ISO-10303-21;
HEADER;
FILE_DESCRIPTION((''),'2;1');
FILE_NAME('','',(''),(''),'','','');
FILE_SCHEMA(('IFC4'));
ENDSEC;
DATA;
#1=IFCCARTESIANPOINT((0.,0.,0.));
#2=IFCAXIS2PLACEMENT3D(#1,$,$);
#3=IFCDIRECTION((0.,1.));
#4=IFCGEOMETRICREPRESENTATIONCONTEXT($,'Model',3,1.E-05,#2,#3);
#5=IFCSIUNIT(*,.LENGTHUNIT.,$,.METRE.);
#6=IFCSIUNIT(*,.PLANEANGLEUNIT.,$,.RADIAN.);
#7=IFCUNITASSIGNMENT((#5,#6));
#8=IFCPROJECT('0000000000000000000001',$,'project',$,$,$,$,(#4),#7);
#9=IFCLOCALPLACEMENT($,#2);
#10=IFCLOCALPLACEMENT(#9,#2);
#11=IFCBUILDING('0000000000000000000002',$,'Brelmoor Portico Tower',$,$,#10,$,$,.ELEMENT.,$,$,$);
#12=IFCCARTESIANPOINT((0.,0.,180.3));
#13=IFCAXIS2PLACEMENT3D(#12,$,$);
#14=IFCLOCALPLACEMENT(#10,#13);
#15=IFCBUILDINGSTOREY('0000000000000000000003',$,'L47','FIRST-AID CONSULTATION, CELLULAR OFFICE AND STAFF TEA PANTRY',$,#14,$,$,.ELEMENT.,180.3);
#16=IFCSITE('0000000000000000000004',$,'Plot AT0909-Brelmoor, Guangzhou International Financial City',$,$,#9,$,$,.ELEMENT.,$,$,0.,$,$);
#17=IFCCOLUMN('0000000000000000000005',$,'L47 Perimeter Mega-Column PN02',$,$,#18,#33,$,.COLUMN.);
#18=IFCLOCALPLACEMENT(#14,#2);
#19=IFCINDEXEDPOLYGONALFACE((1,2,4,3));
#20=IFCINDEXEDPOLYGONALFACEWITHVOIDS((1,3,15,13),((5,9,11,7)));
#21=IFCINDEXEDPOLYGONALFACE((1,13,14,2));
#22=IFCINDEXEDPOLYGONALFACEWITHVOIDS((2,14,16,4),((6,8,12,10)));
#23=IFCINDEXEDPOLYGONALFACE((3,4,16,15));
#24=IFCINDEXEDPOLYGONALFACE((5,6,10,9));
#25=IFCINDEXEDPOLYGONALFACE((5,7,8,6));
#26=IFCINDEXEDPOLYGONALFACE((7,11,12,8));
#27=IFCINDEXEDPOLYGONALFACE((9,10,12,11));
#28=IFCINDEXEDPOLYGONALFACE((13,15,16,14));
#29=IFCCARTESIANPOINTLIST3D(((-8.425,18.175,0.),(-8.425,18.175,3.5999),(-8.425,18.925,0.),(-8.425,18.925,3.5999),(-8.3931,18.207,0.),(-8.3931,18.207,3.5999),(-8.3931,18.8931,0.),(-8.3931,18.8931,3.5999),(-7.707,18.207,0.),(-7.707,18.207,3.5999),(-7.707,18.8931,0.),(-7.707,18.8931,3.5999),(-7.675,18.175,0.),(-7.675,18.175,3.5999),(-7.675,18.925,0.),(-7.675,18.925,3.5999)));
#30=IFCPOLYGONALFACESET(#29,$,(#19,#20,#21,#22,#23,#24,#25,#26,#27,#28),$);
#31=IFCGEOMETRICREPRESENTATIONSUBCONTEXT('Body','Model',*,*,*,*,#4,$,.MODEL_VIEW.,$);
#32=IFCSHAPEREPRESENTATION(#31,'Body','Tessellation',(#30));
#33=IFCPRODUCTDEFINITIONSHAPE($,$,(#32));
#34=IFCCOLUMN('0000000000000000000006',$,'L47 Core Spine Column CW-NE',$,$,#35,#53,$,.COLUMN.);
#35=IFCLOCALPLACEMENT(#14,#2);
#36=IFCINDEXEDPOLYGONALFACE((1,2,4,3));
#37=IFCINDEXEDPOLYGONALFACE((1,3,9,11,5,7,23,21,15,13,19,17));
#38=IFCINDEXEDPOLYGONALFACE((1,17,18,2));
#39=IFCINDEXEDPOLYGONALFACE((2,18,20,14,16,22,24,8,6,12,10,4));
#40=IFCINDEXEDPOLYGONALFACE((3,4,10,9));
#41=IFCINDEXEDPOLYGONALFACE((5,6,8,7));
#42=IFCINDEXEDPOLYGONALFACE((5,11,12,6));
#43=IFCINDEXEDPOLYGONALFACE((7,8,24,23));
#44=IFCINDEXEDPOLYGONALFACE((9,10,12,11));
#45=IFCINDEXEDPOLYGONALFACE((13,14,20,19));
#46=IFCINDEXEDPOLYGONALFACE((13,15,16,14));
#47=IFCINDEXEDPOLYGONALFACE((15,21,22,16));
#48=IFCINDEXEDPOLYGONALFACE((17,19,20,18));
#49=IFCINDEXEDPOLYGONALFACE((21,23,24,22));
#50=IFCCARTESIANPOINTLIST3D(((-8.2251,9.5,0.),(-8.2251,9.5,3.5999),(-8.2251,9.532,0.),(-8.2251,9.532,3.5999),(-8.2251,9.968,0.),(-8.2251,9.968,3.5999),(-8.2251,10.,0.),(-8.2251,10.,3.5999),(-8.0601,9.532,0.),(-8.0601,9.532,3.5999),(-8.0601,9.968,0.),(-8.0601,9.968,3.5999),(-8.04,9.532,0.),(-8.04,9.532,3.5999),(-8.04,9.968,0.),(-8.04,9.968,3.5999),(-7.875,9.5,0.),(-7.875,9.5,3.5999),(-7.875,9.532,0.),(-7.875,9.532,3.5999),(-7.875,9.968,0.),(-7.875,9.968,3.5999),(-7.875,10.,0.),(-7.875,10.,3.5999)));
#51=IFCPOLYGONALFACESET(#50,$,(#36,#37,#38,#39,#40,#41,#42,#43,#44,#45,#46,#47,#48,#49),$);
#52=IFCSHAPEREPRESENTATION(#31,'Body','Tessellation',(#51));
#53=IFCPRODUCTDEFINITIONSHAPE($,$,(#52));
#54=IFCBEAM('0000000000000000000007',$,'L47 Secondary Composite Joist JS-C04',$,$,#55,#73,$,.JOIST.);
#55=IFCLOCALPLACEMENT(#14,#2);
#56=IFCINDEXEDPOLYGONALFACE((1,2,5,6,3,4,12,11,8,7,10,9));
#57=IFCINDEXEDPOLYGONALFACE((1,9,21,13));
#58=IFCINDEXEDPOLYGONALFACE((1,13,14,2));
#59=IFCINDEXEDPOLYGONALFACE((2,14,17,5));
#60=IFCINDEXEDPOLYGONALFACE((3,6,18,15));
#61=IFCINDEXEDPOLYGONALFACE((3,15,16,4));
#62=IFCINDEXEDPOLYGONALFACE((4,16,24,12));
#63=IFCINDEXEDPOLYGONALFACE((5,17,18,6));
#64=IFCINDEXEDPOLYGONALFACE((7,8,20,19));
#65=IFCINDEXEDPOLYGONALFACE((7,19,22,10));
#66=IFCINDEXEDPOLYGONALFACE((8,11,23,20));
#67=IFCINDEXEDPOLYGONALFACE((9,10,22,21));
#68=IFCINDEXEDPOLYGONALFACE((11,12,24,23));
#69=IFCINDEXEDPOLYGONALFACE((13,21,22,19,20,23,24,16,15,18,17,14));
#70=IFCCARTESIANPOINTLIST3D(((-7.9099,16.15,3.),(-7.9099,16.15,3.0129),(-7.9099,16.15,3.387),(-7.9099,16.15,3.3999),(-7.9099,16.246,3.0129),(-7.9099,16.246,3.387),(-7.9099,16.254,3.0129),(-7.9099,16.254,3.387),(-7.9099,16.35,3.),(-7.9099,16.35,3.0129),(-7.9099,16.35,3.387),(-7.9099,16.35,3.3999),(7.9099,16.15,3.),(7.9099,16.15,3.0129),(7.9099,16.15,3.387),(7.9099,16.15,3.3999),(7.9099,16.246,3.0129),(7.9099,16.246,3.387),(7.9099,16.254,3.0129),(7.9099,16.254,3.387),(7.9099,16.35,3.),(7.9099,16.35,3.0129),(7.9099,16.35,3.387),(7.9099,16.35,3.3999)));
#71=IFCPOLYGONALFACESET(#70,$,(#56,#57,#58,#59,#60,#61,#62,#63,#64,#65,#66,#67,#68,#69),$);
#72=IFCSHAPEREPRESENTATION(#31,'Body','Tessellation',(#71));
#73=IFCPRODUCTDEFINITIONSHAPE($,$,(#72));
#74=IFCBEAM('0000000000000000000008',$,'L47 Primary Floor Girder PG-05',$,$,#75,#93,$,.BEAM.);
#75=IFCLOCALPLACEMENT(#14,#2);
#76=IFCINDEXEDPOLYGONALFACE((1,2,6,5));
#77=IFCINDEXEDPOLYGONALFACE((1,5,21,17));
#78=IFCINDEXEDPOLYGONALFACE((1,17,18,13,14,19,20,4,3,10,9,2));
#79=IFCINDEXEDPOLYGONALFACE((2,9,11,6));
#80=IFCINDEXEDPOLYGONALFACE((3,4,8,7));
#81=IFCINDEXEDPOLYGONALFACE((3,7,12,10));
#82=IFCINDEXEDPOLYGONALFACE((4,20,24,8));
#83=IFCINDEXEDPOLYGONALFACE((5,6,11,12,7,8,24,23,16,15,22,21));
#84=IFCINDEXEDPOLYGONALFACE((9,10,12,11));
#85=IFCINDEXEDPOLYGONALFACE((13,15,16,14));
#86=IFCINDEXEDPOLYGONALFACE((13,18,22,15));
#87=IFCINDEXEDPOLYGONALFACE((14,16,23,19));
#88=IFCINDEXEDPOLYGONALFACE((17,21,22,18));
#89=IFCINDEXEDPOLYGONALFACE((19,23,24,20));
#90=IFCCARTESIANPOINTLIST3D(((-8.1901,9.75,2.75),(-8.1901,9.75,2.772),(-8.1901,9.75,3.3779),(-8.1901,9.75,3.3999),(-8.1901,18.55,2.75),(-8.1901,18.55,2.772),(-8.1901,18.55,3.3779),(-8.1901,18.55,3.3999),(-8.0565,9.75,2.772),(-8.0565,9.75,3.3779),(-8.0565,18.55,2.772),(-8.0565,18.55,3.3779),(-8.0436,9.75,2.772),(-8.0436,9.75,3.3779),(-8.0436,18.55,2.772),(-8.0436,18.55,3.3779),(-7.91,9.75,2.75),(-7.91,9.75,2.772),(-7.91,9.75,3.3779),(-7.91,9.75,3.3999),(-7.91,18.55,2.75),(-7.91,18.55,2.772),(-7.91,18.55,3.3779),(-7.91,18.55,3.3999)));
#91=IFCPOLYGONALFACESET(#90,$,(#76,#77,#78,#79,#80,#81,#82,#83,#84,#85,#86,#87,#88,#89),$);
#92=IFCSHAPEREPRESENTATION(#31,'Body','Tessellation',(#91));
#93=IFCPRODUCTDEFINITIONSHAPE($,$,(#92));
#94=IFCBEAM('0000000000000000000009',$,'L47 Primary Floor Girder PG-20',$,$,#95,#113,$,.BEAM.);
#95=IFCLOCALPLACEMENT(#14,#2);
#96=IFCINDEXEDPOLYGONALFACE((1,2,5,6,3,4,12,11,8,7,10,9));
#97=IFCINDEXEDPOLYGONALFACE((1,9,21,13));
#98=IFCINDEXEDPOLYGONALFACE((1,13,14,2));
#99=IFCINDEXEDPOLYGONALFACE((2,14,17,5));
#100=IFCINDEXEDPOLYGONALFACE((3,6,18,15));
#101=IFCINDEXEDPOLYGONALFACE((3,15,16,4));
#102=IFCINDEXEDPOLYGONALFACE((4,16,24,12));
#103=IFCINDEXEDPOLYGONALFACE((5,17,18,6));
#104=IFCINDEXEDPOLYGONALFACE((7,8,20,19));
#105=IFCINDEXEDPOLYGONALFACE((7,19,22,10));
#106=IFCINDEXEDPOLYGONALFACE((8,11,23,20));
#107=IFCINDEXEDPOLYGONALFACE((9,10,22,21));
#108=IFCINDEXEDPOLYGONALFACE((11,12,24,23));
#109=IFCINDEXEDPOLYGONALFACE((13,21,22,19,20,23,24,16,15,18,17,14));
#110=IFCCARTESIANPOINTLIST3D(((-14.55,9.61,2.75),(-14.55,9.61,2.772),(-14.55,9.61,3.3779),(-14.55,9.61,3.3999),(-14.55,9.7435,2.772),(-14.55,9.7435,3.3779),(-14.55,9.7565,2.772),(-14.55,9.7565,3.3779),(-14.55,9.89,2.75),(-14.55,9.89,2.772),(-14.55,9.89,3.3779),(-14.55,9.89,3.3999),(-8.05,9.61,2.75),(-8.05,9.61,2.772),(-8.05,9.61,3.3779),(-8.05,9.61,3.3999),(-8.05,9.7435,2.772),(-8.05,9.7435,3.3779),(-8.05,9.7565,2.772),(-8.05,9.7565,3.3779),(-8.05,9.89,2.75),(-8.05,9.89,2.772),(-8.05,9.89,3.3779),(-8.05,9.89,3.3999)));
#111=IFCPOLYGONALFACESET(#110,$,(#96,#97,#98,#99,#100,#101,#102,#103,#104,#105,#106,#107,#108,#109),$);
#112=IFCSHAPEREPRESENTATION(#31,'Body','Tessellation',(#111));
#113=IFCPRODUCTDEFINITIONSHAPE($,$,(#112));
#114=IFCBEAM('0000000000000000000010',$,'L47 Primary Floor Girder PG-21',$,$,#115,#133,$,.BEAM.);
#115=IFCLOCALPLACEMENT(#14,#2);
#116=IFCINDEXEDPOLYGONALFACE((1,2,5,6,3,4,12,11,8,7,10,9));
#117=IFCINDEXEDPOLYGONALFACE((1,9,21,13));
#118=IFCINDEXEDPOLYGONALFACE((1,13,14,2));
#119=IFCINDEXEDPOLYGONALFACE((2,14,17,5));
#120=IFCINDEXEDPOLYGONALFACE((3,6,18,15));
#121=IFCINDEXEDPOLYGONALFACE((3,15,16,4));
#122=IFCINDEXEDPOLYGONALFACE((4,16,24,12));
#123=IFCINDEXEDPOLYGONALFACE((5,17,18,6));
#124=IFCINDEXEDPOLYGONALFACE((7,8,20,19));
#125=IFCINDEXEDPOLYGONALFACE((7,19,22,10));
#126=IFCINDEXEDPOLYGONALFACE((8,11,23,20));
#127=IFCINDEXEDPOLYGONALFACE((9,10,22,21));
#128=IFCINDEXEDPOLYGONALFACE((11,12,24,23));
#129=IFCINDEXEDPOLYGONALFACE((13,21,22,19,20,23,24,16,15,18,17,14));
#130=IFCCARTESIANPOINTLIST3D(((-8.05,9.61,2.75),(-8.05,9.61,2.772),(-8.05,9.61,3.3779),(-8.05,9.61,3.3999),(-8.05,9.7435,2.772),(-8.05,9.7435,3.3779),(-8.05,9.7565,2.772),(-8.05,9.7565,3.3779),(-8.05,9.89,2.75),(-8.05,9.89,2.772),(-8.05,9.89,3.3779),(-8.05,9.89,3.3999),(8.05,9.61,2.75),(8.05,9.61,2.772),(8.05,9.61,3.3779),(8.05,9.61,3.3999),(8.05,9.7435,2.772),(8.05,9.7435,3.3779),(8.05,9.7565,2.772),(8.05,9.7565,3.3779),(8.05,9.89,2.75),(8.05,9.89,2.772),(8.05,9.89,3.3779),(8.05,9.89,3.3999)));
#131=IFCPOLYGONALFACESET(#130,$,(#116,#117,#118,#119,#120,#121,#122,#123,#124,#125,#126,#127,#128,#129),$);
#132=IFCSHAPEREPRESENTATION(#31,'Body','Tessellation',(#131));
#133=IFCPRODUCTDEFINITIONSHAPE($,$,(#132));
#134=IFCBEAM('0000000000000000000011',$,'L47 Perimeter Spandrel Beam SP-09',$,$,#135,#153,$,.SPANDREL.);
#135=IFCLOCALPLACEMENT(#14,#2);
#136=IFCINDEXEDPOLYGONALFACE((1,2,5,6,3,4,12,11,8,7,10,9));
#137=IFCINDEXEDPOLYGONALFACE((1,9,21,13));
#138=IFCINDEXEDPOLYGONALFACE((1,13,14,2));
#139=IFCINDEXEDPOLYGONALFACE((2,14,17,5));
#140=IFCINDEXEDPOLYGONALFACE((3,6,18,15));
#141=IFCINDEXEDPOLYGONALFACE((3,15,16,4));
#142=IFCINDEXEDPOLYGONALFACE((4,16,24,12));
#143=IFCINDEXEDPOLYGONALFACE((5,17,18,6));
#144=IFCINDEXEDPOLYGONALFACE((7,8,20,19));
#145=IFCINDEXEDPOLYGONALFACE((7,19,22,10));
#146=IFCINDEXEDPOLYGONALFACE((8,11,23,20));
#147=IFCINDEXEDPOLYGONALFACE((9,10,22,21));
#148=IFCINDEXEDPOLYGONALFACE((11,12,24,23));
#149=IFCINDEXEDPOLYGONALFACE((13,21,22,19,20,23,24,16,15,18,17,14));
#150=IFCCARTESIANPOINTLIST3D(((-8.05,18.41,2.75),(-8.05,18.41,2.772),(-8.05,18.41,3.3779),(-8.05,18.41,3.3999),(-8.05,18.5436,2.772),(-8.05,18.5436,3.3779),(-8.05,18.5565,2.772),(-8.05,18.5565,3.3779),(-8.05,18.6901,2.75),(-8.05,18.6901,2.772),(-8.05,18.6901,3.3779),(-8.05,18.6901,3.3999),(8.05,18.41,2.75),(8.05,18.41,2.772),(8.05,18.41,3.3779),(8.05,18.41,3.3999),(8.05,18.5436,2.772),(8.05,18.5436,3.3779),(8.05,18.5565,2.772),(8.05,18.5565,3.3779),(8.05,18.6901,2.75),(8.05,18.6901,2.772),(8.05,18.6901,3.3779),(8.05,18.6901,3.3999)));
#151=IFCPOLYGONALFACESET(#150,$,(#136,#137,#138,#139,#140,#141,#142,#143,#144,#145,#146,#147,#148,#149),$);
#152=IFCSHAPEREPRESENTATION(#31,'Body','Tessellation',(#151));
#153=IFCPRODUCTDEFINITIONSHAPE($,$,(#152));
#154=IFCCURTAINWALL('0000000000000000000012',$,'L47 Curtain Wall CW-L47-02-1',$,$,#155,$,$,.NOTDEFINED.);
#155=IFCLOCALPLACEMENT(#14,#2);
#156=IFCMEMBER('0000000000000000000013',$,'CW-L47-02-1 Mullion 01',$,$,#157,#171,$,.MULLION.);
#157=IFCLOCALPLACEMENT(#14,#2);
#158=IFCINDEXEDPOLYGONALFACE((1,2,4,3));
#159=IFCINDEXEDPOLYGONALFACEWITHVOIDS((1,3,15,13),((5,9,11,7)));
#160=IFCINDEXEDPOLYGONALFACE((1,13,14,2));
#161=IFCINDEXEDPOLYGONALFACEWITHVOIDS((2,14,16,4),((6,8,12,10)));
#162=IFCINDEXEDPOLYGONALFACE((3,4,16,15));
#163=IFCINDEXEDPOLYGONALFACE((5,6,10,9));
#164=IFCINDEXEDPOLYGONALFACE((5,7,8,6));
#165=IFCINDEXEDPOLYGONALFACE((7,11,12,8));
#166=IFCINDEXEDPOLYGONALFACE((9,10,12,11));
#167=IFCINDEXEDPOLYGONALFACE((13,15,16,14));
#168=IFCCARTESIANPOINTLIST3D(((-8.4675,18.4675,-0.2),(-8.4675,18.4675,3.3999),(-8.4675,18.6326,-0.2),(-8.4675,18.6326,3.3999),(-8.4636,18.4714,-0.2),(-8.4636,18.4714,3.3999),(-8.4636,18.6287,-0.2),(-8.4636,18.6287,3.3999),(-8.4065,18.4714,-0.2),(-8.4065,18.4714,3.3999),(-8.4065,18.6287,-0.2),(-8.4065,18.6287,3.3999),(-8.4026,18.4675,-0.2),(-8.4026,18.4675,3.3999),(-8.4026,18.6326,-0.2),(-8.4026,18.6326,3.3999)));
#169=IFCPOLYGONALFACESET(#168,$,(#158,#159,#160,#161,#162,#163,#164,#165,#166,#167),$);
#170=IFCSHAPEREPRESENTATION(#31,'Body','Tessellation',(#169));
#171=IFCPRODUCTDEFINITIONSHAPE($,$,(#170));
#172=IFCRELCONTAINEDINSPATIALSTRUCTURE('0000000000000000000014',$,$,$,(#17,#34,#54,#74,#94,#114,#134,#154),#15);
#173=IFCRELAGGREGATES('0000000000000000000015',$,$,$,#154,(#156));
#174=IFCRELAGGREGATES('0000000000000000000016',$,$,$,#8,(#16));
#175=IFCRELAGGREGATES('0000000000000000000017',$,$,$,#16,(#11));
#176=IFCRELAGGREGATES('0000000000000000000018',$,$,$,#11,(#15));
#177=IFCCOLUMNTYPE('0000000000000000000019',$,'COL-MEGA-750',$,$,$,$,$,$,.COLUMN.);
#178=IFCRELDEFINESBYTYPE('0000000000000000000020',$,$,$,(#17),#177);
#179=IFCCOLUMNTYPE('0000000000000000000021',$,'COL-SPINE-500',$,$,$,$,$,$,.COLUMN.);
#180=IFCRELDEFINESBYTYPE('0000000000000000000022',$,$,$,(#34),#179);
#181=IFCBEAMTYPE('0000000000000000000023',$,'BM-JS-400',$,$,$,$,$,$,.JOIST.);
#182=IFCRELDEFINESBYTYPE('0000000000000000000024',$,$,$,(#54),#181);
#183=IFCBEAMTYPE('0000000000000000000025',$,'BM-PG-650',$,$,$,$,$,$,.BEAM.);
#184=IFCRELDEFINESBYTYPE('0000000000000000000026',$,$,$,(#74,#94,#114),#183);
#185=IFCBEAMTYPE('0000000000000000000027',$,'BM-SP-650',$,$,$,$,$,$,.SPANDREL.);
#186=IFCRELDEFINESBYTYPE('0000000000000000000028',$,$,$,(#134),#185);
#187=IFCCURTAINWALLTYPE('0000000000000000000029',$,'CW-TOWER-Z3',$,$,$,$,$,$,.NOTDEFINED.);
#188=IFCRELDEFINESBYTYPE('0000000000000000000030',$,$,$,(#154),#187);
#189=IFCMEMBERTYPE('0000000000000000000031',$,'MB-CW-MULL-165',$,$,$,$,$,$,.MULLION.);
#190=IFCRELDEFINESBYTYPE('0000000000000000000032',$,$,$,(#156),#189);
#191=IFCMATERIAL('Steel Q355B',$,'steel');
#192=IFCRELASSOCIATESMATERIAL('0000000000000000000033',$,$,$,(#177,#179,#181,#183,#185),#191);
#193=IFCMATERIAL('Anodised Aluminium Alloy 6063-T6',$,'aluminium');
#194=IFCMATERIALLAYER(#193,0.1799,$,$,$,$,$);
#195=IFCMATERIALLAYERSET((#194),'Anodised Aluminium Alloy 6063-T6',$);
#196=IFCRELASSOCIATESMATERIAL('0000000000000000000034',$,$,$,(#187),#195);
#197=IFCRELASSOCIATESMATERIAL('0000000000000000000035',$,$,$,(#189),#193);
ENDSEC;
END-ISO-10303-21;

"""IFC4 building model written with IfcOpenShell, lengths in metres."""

from ifc_helpers import new_model, si_unit, direction, frame, origin, origin_2d, place, context, subcontext, project, spatial, hollow_rectangle, i_section, extrude, material, layer, layer_set, material_profile, profile_set, type_object, element, aggregate, save


model = new_model("IFC4")

# Units and contexts
model_context = context("Model", 3, precision=1e-05, world=origin(), true_north=direction((0.0, 1.0)))
body_context = subcontext(model_context, "Body", "Model", "MODEL_VIEW")
ifc_project = project(units=[si_unit("LENGTHUNIT", "METRE"), si_unit("PLANEANGLEUNIT", "RADIAN")], contexts=[model_context])

# Site, building, storey
site_placement = place(None, origin())
site = spatial("IfcSite", under=ifc_project, at=site_placement, Name="Plot AT0909-Brelmoor, Guangzhou International Financial City", CompositionType="ELEMENT", RefElevation=0.0)
building_placement = place(site_placement, origin())
building = spatial("IfcBuilding", under=site, at=building_placement, Name="Brelmoor Portico Tower", CompositionType="ELEMENT")
storey_placement = place(building_placement, frame((0.0, 0.0, 180.3)))
storey = spatial("IfcBuildingStorey", under=building, at=storey_placement, Name="L47", Description="FIRST-AID CONSULTATION, CELLULAR OFFICE AND STAFF TEA PANTRY", CompositionType="ELEMENT", Elevation=180.3)

# Columns
ifc_material_1 = material(Name="Steel Q355B", Category="steel")
ifc_material_profile_1 = material_profile(ifc_material_1, hollow_rectangle(XDim=0.75, YDim=0.75, WallThickness=0.032, at=origin_2d()), Name="BOX 750x750x32")
ifc_profile_set_1 = profile_set([ifc_material_profile_1], Name="Steel Q355B")
column_type_1 = type_object("IfcColumnType", Name="COL-MEGA-750", PredefinedType="COLUMN", material=ifc_profile_set_1)
column_1_placement = place(storey_placement, frame((-8.05, 18.55, 0.0), z_axis=(0.0, 0.0, 1.0), x_axis=(1.0, 0.0, 0.0)))
element("IfcColumn", 1, at=column_1_placement, inside=storey, type_object=column_type_1, Name="L47 Perimeter Mega-Column PN02", PredefinedType="COLUMN", context=body_context, shape_type="SweptSolid", body=[
    extrude(hollow_rectangle(XDim=0.75, YDim=0.75, WallThickness=0.032, at=origin_2d()), origin(), (0.0, 0.0, 1.0), 3.5999),
])
ifc_material_profile_2 = material_profile(ifc_material_1, i_section(OverallWidth=0.3501, OverallDepth=0.5, WebThickness=0.02, FlangeThickness=0.032, at=origin_2d()), Name="HW 500x350x20x32")
ifc_profile_set_2 = profile_set([ifc_material_profile_2], Name="Steel Q355B")
column_type_2 = type_object("IfcColumnType", Name="COL-SPINE-500", PredefinedType="COLUMN", material=ifc_profile_set_2)
column_2_placement = place(storey_placement, frame((-8.05, 9.75, 0.0), z_axis=(0.0, 0.0, 1.0), x_axis=(1.0, 0.0, 0.0)))
element("IfcColumn", 2, at=column_2_placement, inside=storey, type_object=column_type_2, Name="L47 Core Spine Column CW-NE", PredefinedType="COLUMN", context=body_context, shape_type="SweptSolid", body=[
    extrude(i_section(OverallWidth=0.3501, OverallDepth=0.5, WebThickness=0.02, FlangeThickness=0.032, at=origin_2d()), origin(), (0.0, 0.0, 1.0), 3.5999),
])

# Beams
ifc_material_profile_3 = material_profile(ifc_material_1, i_section(OverallWidth=0.2, OverallDepth=0.3999, WebThickness=0.0081, FlangeThickness=0.0129, at=origin_2d()), Name="HN 400x200x8x13")
ifc_profile_set_3 = profile_set([ifc_material_profile_3], Name="Steel Q355B")
beam_type_1 = type_object("IfcBeamType", Name="BM-JS-400", PredefinedType="JOIST", material=ifc_profile_set_3)
beam_1_placement = place(storey_placement, frame((-7.9099, 16.25, 3.2), z_axis=(1.0, 0.0, 0.0), x_axis=(0.0, 1.0, 0.0)))
element("IfcBeam", 3, at=beam_1_placement, inside=storey, type_object=beam_type_1, Name="L47 Secondary Composite Joist JS-C04", PredefinedType="JOIST", context=body_context, shape_type="SweptSolid", body=[
    extrude(i_section(OverallWidth=0.2, OverallDepth=0.3999, WebThickness=0.0081, FlangeThickness=0.0129, at=origin_2d()), origin(), (0.0, 0.0, 1.0), 15.8198),
])
ifc_material_profile_4 = material_profile(ifc_material_1, i_section(OverallWidth=0.28, OverallDepth=0.6499, WebThickness=0.0129, FlangeThickness=0.022, at=origin_2d()), Name="HN 650x280x13x22")
ifc_profile_set_4 = profile_set([ifc_material_profile_4], Name="Steel Q355B")
beam_type_2 = type_object("IfcBeamType", Name="BM-PG-650", PredefinedType="BEAM", material=ifc_profile_set_4)
beam_2_placement = place(storey_placement, frame((-8.05, 9.75, 3.075), z_axis=(0.0, 1.0, 0.0), x_axis=(-1.0, 0.0, 0.0)))
element("IfcBeam", 4, at=beam_2_placement, inside=storey, type_object=beam_type_2, Name="L47 Primary Floor Girder PG-05", PredefinedType="BEAM", context=body_context, shape_type="SweptSolid", body=[
    extrude(i_section(OverallWidth=0.28, OverallDepth=0.6499, WebThickness=0.0129, FlangeThickness=0.022, at=origin_2d()), origin(), (0.0, 0.0, 1.0), 8.8),
])
beam_3_placement = place(storey_placement, frame((-14.55, 9.75, 3.075), z_axis=(1.0, 0.0, 0.0), x_axis=(0.0, 1.0, 0.0)))
element("IfcBeam", 5, at=beam_3_placement, inside=storey, type_object=beam_type_2, Name="L47 Primary Floor Girder PG-20", PredefinedType="BEAM", context=body_context, shape_type="SweptSolid", body=[
    extrude(i_section(OverallWidth=0.28, OverallDepth=0.6499, WebThickness=0.0129, FlangeThickness=0.022, at=origin_2d()), origin(), (0.0, 0.0, 1.0), 6.5),
])
beam_4_placement = place(storey_placement, frame((-8.05, 9.75, 3.075), z_axis=(1.0, 0.0, 0.0), x_axis=(0.0, 1.0, 0.0)))
element("IfcBeam", 6, at=beam_4_placement, inside=storey, type_object=beam_type_2, Name="L47 Primary Floor Girder PG-21", PredefinedType="BEAM", context=body_context, shape_type="SweptSolid", body=[
    extrude(i_section(OverallWidth=0.28, OverallDepth=0.6499, WebThickness=0.0129, FlangeThickness=0.022, at=origin_2d()), origin(), (0.0, 0.0, 1.0), 16.1001),
])
ifc_material_profile_5 = material_profile(ifc_material_1, i_section(OverallWidth=0.28, OverallDepth=0.6499, WebThickness=0.0129, FlangeThickness=0.022, at=origin_2d()), Name="HN 650x280x13x22")
ifc_profile_set_5 = profile_set([ifc_material_profile_5], Name="Steel Q355B")
beam_type_3 = type_object("IfcBeamType", Name="BM-SP-650", PredefinedType="SPANDREL", material=ifc_profile_set_5)
beam_5_placement = place(storey_placement, frame((-8.05, 18.55, 3.075), z_axis=(1.0, 0.0, 0.0), x_axis=(0.0, 1.0, 0.0)))
element("IfcBeam", 7, at=beam_5_placement, inside=storey, type_object=beam_type_3, Name="L47 Perimeter Spandrel Beam SP-09", PredefinedType="SPANDREL", context=body_context, shape_type="SweptSolid", body=[
    extrude(i_section(OverallWidth=0.28, OverallDepth=0.6499, WebThickness=0.0129, FlangeThickness=0.022, at=origin_2d()), origin(), (0.0, 0.0, 1.0), 16.1001),
])

# Curtain wall, member
ifc_material_2 = material(Name="Anodised Aluminium Alloy 6063-T6", Category="aluminium")
ifc_layer_1 = layer(ifc_material_2, 0.1799)
ifc_layer_set_1 = layer_set([ifc_layer_1], Name="Anodised Aluminium Alloy 6063-T6")
curtain_wall_type = type_object("IfcCurtainWallType", Name="CW-TOWER-Z3", PredefinedType="NOTDEFINED", material=ifc_layer_set_1)
curtain_wall_1_placement = place(storey_placement, origin())
curtain_wall_1 = element("IfcCurtainWall", 8, at=curtain_wall_1_placement, inside=storey, type_object=curtain_wall_type, Name="L47 Curtain Wall CW-L47-02-1", PredefinedType="NOTDEFINED")
ifc_material_profile_6 = material_profile(ifc_material_2, hollow_rectangle(XDim=0.0649, YDim=0.165, WallThickness=0.0039, at=origin_2d()), Name="ALU MULLION 65x165")
ifc_profile_set_6 = profile_set([ifc_material_profile_6], Name="Anodised Aluminium Alloy 6063-T6")
member_type_1 = type_object("IfcMemberType", Name="MB-CW-MULL-165", PredefinedType="MULLION", material=ifc_profile_set_6)
member_1_placement = place(storey_placement, frame((-8.4351, 18.55, -0.2), z_axis=(0.0, 0.0, 1.0), x_axis=(1.0, 0.0, 0.0)))
member_1 = element("IfcMember", 9, at=member_1_placement, type_object=member_type_1, Name="CW-L47-02-1 Mullion 01", PredefinedType="MULLION", context=body_context, shape_type="SweptSolid", body=[
    extrude(hollow_rectangle(XDim=0.0649, YDim=0.165, WallThickness=0.0039, at=origin_2d()), origin(), (0.0, 0.0, 1.0), 3.5999),
])

aggregate(curtain_wall_1, [member_1])

save(model, "model.ifc")
